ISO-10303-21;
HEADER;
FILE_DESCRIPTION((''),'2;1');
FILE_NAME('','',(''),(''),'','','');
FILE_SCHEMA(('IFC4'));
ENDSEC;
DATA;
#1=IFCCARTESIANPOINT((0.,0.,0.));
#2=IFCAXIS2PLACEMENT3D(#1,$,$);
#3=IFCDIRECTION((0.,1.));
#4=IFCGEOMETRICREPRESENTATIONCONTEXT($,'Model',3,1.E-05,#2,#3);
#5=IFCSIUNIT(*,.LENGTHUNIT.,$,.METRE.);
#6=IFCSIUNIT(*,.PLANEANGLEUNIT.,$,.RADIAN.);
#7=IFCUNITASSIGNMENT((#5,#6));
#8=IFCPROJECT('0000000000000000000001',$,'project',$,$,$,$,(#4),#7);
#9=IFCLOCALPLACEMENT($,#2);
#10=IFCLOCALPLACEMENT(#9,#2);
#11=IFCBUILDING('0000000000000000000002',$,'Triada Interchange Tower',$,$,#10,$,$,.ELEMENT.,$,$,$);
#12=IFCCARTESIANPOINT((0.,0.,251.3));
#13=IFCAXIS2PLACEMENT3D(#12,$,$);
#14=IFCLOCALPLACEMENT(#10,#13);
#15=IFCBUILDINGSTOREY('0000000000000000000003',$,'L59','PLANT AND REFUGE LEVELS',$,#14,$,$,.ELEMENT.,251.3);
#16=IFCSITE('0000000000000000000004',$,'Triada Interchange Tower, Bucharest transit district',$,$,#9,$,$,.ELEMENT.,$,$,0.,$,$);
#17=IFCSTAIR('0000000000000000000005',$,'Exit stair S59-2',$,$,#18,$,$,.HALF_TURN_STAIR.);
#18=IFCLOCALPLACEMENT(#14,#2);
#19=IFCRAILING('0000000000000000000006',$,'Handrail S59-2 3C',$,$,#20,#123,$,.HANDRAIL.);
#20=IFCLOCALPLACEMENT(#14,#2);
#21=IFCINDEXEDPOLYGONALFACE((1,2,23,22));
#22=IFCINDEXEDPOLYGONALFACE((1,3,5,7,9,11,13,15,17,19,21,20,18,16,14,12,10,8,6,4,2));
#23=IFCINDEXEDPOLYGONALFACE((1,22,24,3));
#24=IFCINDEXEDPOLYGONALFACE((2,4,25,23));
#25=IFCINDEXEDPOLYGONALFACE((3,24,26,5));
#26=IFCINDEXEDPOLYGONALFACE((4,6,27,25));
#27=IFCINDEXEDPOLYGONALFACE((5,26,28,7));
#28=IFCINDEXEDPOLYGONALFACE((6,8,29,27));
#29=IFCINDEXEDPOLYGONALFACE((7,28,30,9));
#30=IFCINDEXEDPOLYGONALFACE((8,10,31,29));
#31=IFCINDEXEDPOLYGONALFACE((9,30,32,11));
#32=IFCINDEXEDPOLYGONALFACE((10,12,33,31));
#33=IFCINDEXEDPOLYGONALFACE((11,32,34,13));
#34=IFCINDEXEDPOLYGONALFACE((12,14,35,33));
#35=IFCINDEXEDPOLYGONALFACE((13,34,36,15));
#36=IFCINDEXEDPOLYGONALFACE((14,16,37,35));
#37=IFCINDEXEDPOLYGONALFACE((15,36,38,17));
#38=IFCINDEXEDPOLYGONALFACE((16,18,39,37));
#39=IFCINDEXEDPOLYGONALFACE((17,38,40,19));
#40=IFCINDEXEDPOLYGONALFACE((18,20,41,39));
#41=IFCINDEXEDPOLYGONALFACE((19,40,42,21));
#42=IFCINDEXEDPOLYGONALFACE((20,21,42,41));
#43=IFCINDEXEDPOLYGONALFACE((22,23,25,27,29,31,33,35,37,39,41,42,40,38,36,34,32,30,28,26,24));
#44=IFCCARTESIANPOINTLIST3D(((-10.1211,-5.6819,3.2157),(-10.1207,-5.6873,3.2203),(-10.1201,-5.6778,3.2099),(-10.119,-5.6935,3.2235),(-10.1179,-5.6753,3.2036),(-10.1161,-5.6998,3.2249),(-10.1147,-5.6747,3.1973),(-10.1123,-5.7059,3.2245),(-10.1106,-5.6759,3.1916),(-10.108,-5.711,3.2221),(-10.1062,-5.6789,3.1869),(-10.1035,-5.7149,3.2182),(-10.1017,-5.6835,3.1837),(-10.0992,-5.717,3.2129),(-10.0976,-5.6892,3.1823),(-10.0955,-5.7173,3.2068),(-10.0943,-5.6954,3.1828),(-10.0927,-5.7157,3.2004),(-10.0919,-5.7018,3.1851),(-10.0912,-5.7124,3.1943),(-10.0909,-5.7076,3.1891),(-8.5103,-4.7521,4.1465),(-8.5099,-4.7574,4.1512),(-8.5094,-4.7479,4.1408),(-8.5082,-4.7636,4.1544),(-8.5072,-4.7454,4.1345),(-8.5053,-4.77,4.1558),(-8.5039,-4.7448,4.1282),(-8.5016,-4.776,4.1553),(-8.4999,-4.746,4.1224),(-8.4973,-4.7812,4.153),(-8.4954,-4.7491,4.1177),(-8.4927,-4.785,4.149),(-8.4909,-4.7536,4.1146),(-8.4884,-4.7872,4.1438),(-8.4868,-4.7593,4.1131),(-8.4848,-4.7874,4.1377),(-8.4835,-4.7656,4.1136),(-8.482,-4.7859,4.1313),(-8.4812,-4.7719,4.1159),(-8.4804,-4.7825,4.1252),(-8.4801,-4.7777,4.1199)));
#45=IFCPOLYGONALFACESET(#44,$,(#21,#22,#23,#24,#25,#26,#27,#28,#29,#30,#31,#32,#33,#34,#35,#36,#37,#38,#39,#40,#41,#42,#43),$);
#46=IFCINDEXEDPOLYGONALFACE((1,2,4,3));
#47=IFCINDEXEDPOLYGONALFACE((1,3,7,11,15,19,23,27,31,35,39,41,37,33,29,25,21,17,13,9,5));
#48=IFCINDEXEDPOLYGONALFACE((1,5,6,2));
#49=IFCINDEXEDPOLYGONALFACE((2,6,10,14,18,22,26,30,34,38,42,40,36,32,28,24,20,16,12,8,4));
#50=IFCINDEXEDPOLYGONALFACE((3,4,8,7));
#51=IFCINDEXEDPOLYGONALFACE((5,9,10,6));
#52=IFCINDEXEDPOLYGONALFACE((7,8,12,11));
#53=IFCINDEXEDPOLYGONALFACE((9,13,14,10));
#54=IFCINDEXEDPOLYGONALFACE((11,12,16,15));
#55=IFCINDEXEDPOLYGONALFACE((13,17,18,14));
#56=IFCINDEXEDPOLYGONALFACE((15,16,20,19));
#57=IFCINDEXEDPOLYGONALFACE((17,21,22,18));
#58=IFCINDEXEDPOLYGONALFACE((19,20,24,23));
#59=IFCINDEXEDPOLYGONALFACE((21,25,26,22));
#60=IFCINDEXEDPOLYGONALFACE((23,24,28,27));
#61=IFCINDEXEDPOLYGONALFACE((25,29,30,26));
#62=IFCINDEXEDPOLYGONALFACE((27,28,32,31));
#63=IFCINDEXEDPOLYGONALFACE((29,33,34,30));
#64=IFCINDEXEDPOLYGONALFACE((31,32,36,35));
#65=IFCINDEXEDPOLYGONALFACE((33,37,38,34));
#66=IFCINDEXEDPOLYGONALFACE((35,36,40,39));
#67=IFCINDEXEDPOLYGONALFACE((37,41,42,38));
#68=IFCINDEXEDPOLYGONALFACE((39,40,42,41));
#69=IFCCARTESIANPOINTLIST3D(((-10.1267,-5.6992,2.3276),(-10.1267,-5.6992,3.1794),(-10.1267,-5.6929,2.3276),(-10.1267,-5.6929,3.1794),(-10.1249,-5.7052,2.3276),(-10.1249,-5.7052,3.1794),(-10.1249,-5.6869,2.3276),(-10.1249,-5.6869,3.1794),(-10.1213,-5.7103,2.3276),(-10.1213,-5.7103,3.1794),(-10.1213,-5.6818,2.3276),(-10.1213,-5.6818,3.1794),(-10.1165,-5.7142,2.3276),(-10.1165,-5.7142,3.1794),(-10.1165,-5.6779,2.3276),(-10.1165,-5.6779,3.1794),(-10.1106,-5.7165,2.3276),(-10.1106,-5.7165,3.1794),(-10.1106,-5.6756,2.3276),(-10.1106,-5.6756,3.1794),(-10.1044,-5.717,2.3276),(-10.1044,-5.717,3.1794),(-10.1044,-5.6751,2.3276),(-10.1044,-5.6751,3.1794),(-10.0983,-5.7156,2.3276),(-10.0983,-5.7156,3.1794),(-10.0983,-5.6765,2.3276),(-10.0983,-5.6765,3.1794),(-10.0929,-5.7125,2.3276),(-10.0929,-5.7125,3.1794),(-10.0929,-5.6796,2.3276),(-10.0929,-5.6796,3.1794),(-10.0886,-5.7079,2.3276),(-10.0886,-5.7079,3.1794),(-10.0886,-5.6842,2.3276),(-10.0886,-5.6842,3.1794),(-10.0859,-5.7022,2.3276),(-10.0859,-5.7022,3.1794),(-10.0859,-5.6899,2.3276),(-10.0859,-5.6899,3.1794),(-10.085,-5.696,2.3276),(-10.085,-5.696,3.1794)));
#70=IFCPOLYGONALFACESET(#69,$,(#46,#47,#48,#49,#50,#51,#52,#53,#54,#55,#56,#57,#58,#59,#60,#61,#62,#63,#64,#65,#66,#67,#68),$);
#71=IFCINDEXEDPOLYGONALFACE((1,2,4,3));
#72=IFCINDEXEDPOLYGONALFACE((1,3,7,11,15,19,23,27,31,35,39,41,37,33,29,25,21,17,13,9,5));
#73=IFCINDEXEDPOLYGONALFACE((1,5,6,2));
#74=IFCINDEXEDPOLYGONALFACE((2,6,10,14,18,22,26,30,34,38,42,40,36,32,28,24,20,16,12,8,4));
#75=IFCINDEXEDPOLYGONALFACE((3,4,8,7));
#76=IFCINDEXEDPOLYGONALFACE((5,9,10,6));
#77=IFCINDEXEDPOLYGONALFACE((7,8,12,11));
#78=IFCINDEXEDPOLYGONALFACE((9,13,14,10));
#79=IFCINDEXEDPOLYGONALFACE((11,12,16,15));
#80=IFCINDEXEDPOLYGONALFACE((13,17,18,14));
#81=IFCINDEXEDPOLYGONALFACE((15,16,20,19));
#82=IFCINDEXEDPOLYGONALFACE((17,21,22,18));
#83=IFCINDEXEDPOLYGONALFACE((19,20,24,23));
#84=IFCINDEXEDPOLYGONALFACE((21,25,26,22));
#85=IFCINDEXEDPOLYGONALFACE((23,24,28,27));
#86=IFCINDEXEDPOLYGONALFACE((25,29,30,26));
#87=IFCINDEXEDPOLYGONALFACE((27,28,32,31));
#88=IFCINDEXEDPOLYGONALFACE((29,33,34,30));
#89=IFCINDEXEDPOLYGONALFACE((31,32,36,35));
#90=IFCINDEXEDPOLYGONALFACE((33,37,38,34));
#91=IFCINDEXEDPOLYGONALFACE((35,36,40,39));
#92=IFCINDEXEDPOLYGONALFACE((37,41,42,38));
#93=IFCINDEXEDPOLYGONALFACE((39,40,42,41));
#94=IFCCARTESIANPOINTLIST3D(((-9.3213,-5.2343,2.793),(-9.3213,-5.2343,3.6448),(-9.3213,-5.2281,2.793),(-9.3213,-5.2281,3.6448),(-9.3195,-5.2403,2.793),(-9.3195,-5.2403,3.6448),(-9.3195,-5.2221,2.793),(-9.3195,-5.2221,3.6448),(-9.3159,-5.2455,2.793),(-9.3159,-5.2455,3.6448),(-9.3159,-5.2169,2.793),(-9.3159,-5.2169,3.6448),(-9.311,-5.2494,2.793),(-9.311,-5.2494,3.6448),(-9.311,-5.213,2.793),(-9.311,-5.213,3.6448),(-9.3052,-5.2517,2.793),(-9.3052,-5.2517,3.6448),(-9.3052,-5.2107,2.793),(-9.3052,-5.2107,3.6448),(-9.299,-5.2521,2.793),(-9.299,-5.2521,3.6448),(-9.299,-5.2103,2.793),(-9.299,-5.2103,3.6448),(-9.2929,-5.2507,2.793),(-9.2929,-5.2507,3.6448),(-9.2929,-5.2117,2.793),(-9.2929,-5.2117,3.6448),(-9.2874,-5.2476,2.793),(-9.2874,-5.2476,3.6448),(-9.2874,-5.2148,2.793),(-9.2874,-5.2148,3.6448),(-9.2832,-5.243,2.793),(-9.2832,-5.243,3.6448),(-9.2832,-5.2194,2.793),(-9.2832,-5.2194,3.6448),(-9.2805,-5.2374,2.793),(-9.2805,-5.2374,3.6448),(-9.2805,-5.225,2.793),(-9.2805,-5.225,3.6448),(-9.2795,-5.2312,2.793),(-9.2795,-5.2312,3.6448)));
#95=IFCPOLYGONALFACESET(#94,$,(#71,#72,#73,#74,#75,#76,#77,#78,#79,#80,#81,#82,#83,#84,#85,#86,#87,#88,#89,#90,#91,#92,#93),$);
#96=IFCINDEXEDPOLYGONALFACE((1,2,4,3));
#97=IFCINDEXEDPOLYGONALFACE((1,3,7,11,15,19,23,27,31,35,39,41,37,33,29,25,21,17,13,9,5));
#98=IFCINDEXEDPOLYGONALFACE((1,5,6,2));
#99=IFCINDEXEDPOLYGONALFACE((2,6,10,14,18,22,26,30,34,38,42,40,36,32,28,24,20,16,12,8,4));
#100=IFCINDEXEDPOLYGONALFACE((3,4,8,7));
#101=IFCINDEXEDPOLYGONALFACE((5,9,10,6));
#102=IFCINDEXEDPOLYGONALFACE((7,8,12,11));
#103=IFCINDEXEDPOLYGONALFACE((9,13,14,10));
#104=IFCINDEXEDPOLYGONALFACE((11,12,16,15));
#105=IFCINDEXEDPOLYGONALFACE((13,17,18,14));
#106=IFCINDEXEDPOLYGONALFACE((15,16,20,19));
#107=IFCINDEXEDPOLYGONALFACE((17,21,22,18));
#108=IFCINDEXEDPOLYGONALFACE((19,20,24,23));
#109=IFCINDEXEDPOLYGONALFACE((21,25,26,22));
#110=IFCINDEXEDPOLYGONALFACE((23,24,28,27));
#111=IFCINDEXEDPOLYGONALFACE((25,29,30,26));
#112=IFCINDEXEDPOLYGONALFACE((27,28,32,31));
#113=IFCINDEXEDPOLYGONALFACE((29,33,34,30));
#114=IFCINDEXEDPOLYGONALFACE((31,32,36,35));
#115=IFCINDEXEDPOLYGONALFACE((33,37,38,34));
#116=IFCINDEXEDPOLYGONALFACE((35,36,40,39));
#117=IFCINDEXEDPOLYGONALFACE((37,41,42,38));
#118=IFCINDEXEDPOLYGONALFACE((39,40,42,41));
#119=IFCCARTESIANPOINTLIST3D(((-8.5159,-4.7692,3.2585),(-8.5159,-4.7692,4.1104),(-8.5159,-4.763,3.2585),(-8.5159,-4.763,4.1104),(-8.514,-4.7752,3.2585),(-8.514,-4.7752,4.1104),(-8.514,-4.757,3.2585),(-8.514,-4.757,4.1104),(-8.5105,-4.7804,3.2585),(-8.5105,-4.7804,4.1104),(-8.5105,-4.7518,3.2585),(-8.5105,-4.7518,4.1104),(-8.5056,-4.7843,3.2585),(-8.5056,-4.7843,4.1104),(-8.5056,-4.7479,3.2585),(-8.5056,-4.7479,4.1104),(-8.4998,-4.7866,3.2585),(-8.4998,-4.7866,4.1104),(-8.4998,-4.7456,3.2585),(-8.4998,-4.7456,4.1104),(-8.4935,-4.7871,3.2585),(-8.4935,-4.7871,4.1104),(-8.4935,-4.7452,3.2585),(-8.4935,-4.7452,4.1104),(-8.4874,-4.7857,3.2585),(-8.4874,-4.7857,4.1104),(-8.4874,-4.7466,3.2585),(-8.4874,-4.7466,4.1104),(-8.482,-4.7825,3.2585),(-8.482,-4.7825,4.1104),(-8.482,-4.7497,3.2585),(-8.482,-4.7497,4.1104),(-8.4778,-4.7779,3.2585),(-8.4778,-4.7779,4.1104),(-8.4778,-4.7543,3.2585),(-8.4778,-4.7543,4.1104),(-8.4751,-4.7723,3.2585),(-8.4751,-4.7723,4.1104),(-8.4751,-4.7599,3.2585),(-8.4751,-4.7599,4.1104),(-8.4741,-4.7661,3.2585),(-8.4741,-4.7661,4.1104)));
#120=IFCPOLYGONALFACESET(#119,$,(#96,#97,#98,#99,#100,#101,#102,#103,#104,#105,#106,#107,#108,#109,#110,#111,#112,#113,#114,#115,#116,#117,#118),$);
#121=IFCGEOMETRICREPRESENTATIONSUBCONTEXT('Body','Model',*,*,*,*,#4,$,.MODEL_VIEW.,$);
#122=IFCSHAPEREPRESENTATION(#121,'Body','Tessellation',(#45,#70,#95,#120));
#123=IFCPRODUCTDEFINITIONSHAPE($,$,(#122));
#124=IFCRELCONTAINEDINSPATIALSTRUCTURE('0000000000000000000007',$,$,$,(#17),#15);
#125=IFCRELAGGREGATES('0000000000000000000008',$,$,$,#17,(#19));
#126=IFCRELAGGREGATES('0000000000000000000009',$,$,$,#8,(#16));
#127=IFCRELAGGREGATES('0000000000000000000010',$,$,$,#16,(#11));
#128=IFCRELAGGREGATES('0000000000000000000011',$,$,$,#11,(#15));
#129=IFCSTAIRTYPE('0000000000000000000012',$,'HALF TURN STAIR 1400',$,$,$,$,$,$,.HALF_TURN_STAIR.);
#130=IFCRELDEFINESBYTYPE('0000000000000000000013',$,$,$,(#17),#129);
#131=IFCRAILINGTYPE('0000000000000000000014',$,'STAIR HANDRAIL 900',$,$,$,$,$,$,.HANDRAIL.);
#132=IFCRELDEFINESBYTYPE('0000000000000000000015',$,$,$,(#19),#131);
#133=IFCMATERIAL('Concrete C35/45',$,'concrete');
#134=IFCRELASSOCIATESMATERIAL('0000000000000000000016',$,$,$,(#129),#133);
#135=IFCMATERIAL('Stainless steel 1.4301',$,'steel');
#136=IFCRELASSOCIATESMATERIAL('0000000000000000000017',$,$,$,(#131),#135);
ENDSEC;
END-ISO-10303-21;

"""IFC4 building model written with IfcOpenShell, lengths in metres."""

from ifc_helpers import new_model, si_unit, direction, frame, origin, origin_2d, place, context, subcontext, project, spatial, circle, extrude, material, type_object, element, aggregate, save


model = new_model("IFC4")

# Units and contexts
model_context = context("Model", 3, precision=1e-05, world=origin(), true_north=direction((0.0, 1.0)))
body_context = subcontext(model_context, "Body", "Model", "MODEL_VIEW")
ifc_project = project(units=[si_unit("LENGTHUNIT", "METRE"), si_unit("PLANEANGLEUNIT", "RADIAN")], contexts=[model_context])

# Site, building, storey
site_placement = place(None, origin())
site = spatial("IfcSite", under=ifc_project, at=site_placement, Name="Triada Interchange Tower, Bucharest transit district", CompositionType="ELEMENT", RefElevation=0.0)
building_placement = place(site_placement, origin())
building = spatial("IfcBuilding", under=site, at=building_placement, Name="Triada Interchange Tower", CompositionType="ELEMENT")
storey_placement = place(building_placement, frame((0.0, 0.0, 251.3)))
storey = spatial("IfcBuildingStorey", under=building, at=storey_placement, Name="L59", Description="PLANT AND REFUGE LEVELS", CompositionType="ELEMENT", Elevation=251.3)

# Shared definitions
ifc_material_1 = material(Name="Concrete C35/45", Category="concrete")

# Stair, railing
stair_type = type_object("IfcStairType", Name="HALF TURN STAIR 1400", PredefinedType="HALF_TURN_STAIR", material=ifc_material_1)
stair_placement = place(storey_placement, origin())
stair = element("IfcStair", 1, at=stair_placement, inside=storey, type_object=stair_type, Name="Exit stair S59-2", PredefinedType="HALF_TURN_STAIR")
ifc_material_2 = material(Name="Stainless steel 1.4301", Category="steel")
railing_type_1 = type_object("IfcRailingType", Name="STAIR HANDRAIL 900", PredefinedType="HANDRAIL", material=ifc_material_2)
railing_1_placement = place(storey_placement, frame((-10.106, -5.696, 2.3276)))
railing_1 = element("IfcRailing", 2, at=railing_1_placement, type_object=railing_type_1, Name="Handrail S59-2 3C", PredefinedType="HANDRAIL", context=body_context, shape_type="SweptSolid", body=[
    extrude(circle(Radius=0.0239, at=origin_2d()), frame((0.0, 0.0, 0.876), z_axis=(0.774463, 0.447095, 0.447564), x_axis=(-0.499965, 0.866046, 0.0)), (0.0, 0.0, 1.0), 2.0798),
    extrude(circle(Radius=0.021, at=origin_2d()), origin(), (0.0, 0.0, 1.0), 0.8518),
    extrude(circle(Radius=0.021, at=origin_2d()), frame((0.8054, 0.4648, 0.4653)), (0.0, 0.0, 1.0), 0.8518),
    extrude(circle(Radius=0.021, at=origin_2d()), frame((1.6108, 0.9299, 0.9309)), (0.0, 0.0, 1.0), 0.8518),
])
aggregate(stair, [railing_1])

save(model, "model.ifc")
